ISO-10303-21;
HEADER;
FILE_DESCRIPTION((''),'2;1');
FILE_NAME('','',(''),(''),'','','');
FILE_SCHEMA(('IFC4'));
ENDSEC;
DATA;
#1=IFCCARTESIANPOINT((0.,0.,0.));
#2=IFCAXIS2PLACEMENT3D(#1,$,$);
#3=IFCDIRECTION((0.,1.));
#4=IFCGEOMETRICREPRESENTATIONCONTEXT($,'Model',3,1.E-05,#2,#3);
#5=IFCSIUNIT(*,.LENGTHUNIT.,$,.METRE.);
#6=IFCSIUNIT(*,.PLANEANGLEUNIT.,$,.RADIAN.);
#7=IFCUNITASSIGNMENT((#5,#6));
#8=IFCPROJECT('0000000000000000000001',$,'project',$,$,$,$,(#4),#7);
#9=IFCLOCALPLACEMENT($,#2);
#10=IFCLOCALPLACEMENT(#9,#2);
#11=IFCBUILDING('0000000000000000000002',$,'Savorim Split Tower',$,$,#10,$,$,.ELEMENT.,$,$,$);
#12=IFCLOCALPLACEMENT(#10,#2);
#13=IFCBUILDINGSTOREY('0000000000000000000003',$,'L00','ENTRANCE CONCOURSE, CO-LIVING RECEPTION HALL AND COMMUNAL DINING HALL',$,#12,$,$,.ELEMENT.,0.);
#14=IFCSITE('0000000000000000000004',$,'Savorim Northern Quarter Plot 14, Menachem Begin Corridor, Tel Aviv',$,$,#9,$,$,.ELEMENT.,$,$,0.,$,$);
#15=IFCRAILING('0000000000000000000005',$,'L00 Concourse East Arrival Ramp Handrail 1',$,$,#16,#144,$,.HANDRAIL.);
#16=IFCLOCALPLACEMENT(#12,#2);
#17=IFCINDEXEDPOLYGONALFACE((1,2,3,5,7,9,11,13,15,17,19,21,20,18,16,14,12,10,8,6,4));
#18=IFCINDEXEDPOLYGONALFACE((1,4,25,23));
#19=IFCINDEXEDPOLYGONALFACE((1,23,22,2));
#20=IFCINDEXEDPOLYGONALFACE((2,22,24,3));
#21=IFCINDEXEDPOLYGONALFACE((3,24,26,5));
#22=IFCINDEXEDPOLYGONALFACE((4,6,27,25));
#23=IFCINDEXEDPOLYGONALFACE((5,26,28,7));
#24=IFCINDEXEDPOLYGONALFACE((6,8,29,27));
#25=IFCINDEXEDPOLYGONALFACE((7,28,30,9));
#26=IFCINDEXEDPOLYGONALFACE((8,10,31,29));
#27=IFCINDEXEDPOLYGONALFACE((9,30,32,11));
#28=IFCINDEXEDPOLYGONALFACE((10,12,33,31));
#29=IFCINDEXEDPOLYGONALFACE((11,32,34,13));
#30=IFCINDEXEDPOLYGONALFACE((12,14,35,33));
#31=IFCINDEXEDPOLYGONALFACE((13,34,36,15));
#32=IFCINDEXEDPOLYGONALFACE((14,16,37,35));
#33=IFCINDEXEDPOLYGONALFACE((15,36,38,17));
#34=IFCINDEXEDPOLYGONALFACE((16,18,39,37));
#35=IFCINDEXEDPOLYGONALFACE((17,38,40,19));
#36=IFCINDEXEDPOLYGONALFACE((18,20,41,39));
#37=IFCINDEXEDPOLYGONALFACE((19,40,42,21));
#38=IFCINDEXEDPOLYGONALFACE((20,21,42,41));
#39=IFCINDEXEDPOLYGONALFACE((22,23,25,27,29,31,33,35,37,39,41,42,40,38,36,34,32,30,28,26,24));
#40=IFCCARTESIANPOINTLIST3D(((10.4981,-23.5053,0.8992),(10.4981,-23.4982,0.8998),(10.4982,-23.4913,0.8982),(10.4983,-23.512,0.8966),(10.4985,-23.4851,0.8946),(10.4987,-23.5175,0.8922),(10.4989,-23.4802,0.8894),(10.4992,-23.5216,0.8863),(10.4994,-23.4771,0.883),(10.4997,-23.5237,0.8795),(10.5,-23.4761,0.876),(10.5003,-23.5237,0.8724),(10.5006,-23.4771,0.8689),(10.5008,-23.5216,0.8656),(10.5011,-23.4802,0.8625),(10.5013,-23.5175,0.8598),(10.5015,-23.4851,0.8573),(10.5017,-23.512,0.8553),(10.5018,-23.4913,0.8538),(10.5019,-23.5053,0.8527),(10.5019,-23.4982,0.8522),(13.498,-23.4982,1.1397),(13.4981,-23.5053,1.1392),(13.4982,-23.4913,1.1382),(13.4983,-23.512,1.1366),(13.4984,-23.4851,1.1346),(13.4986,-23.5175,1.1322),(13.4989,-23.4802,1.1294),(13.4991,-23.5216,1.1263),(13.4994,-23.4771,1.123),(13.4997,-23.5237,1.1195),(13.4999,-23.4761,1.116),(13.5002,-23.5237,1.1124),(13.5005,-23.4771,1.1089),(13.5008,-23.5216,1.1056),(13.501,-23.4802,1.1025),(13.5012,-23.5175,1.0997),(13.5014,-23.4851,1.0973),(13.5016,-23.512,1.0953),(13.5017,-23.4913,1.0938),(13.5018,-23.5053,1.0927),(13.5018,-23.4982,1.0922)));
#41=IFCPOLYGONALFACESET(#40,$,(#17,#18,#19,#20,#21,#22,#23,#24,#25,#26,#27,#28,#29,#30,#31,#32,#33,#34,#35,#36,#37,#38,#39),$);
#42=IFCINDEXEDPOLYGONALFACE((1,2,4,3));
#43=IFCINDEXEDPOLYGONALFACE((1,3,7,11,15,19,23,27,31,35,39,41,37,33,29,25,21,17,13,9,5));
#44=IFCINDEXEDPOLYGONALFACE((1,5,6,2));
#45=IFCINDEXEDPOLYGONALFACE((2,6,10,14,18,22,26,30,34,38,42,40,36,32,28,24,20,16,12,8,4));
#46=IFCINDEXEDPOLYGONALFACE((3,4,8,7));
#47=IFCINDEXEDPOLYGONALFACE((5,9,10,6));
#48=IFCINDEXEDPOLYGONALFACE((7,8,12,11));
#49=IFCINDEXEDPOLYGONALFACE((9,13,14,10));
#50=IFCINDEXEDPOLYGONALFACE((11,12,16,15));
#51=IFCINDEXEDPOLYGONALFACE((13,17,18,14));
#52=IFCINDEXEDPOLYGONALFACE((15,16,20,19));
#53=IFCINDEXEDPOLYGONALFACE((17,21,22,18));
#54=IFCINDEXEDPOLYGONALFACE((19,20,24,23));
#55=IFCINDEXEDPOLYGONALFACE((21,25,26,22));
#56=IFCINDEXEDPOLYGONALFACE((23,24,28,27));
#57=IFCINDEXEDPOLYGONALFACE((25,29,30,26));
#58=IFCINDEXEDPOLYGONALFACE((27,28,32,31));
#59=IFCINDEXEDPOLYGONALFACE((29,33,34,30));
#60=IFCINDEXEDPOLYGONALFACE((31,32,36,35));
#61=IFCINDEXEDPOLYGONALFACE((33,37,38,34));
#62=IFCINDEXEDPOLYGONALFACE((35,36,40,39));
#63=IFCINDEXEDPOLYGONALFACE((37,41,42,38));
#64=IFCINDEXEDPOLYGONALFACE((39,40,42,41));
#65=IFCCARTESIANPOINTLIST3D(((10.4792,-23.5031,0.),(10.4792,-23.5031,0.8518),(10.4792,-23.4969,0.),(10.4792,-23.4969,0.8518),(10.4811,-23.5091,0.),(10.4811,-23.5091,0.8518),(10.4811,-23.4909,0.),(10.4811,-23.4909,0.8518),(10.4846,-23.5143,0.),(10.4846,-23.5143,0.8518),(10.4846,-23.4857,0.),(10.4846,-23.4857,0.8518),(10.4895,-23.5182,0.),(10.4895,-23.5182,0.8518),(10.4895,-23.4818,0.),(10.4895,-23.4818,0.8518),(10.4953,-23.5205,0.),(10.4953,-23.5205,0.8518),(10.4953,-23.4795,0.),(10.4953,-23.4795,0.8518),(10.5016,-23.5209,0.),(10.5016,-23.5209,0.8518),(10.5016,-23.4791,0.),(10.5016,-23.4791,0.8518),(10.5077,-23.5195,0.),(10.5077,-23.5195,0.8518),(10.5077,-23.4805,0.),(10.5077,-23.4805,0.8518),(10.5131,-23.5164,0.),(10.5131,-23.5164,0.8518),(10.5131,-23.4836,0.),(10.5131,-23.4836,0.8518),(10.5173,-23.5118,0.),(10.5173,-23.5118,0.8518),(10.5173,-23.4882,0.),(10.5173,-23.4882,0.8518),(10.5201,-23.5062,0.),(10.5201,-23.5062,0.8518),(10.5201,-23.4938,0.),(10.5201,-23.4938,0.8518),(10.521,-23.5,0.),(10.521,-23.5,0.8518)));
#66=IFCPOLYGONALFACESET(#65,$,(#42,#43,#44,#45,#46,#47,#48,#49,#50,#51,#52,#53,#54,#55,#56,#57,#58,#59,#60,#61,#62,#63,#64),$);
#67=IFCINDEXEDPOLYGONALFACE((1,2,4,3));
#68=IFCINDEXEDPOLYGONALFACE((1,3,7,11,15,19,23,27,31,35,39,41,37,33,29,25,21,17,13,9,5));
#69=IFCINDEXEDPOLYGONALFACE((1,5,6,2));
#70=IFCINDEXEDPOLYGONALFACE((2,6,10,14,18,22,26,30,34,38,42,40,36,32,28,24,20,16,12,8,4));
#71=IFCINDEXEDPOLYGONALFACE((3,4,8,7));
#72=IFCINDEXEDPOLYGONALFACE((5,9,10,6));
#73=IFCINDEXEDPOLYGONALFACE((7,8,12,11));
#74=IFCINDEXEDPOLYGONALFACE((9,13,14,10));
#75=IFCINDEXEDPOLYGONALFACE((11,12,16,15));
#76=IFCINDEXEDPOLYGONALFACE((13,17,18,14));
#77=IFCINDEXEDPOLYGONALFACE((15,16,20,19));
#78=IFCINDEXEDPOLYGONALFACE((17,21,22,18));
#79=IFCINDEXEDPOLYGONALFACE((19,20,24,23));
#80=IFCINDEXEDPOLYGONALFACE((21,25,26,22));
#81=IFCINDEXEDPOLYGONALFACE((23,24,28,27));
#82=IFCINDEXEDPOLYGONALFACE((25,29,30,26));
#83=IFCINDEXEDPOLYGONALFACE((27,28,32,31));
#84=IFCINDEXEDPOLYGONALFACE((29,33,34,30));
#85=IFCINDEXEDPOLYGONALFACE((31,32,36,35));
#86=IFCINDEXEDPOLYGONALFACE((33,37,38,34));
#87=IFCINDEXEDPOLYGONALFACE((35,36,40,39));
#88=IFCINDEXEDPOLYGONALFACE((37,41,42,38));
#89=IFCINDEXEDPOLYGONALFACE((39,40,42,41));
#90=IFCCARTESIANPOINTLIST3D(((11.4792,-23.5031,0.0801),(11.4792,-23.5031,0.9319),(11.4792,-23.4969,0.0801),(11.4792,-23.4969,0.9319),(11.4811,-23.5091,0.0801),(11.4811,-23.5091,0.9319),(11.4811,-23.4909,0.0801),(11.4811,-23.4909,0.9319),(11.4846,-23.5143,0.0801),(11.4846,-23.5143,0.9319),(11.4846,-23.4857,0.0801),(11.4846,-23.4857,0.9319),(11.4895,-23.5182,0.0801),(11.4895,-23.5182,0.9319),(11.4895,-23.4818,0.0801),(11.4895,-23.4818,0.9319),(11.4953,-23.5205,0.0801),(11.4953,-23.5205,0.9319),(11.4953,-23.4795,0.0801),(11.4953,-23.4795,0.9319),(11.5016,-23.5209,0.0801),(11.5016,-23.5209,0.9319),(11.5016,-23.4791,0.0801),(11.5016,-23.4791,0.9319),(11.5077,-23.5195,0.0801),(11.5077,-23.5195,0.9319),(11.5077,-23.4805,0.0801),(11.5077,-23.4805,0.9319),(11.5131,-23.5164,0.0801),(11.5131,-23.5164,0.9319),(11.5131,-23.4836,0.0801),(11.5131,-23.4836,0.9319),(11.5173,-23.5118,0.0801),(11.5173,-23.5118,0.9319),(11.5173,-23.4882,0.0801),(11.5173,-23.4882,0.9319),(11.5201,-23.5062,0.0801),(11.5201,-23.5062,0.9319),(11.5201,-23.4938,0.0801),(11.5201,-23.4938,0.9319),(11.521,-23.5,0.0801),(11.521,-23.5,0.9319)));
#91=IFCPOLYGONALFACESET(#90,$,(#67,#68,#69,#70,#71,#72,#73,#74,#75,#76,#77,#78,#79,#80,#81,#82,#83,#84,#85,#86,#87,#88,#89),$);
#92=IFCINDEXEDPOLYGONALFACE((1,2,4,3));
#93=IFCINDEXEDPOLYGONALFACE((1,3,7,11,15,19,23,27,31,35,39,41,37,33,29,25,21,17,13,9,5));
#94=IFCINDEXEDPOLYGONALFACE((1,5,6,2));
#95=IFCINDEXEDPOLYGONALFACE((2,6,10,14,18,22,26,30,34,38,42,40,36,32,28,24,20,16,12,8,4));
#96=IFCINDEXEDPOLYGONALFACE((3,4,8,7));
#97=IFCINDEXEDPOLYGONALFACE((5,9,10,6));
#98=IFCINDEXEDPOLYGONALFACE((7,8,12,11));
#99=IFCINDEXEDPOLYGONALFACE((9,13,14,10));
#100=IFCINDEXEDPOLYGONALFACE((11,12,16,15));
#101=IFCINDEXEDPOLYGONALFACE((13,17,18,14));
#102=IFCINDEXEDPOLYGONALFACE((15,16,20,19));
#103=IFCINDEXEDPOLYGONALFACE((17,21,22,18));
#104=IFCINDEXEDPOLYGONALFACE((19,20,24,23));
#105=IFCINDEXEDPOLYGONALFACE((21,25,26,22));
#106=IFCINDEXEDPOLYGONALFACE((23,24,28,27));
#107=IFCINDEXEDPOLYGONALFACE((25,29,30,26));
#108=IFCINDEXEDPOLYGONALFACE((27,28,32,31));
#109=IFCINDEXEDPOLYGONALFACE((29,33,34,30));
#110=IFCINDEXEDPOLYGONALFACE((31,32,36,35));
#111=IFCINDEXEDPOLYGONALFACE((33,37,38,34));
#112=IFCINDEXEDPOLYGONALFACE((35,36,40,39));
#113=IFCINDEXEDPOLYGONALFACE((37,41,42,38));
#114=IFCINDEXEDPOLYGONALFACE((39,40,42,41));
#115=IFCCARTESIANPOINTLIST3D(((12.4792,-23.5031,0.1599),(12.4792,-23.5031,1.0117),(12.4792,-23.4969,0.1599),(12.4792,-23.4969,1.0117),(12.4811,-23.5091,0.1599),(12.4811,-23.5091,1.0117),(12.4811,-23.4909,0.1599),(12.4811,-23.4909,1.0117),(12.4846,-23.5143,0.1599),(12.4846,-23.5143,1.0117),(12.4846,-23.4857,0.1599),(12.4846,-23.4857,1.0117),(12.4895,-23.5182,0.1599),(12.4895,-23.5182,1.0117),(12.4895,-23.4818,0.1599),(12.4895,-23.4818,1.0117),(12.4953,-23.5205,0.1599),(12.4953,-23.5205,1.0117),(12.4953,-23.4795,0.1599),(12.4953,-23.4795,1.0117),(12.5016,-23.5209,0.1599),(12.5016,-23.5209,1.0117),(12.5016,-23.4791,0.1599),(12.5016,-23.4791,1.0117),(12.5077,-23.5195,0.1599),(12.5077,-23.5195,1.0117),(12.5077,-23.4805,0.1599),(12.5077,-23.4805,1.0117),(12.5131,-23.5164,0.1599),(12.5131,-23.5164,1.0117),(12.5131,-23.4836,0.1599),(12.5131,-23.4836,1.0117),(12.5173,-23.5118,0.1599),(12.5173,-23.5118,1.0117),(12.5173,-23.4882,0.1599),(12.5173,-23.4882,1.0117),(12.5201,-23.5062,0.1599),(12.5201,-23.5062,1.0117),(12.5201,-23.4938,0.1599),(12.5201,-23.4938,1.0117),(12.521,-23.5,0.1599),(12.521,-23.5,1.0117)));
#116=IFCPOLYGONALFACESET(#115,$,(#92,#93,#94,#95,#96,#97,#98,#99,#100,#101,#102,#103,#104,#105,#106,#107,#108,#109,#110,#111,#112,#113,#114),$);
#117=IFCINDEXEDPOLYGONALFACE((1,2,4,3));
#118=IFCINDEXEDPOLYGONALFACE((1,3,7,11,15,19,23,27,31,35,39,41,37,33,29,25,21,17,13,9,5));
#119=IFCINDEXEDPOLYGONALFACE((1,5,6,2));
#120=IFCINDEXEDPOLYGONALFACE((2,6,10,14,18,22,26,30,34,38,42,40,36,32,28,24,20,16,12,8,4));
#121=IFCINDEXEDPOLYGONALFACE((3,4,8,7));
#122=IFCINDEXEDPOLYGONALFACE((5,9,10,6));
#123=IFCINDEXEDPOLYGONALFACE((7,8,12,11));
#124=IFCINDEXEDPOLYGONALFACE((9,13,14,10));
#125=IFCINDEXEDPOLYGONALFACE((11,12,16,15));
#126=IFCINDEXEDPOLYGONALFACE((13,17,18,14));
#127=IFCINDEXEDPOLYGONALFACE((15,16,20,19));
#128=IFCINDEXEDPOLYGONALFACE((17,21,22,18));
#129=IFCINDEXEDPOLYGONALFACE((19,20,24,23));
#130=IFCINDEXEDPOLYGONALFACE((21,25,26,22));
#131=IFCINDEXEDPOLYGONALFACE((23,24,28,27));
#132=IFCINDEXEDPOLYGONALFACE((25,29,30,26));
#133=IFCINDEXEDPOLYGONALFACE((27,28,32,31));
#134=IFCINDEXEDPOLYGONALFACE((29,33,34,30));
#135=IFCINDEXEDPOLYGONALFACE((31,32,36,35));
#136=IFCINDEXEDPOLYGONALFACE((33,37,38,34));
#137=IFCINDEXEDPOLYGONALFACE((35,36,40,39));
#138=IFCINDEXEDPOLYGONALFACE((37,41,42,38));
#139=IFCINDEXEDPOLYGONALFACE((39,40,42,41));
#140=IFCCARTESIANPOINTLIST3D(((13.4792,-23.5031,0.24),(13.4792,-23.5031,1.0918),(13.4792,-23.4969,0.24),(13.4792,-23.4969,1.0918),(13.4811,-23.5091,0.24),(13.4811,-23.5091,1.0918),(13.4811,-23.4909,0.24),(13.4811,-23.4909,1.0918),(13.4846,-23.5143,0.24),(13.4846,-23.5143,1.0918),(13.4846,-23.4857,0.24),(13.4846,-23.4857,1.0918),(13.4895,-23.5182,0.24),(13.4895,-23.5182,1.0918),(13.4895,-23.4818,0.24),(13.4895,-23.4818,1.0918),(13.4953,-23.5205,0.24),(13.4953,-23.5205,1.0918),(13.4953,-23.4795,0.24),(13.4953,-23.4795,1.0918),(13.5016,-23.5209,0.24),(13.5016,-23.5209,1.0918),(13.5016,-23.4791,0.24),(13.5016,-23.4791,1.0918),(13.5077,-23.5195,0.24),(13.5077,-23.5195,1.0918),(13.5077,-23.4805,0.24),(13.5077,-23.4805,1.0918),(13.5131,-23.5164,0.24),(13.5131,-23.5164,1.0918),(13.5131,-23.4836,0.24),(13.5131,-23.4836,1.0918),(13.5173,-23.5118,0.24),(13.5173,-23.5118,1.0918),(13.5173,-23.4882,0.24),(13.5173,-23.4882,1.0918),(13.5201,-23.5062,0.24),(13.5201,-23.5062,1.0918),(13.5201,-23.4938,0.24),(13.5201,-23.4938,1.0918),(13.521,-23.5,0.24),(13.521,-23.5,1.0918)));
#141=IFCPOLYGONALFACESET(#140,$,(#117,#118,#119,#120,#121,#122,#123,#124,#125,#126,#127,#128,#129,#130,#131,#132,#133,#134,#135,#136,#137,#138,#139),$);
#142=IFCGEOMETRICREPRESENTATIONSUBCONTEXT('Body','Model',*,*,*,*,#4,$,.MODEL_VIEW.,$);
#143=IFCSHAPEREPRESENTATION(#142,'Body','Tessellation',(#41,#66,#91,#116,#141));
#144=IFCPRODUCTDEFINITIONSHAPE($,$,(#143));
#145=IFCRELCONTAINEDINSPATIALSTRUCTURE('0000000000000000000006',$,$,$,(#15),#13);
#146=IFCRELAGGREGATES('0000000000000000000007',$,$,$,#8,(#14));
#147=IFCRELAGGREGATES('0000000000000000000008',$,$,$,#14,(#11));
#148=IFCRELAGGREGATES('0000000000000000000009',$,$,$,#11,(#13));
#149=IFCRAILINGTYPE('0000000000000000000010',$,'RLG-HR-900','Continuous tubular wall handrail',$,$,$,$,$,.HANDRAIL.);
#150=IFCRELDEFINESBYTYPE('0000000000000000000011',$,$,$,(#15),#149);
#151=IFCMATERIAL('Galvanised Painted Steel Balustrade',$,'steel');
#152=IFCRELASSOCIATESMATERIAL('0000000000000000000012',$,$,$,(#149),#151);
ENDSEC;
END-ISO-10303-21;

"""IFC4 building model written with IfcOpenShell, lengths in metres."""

from ifc_helpers import new_model, si_unit, direction, frame, origin, origin_2d, place, context, subcontext, project, spatial, circle, extrude, material, type_object, element, save


model = new_model("IFC4")

# Units and contexts
model_context = context("Model", 3, precision=1e-05, world=origin(), true_north=direction((0.0, 1.0)))
body_context = subcontext(model_context, "Body", "Model", "MODEL_VIEW")
ifc_project = project(units=[si_unit("LENGTHUNIT", "METRE"), si_unit("PLANEANGLEUNIT", "RADIAN")], contexts=[model_context])

# Site, building, storey
site_placement = place(None, origin())
site = spatial("IfcSite", under=ifc_project, at=site_placement, Name="Savorim Northern Quarter Plot 14, Menachem Begin Corridor, Tel Aviv", CompositionType="ELEMENT", RefElevation=0.0)
building_placement = place(site_placement, origin())
building = spatial("IfcBuilding", under=site, at=building_placement, Name="Savorim Split Tower", CompositionType="ELEMENT")
storey_placement = place(building_placement, origin())
storey = spatial("IfcBuildingStorey", under=building, at=storey_placement, Name="L00", Description="ENTRANCE CONCOURSE, CO-LIVING RECEPTION HALL AND COMMUNAL DINING HALL", CompositionType="ELEMENT", Elevation=0.0)

# Railing
ifc_material_1 = material(Name="Galvanised Painted Steel Balustrade", Category="steel")
railing_type = type_object("IfcRailingType", Name="RLG-HR-900", Description="Continuous tubular wall handrail", PredefinedType="HANDRAIL", material=ifc_material_1)
for number, where, name in (
    (1, (10.5, -23.5, 0.0), "L00 Concourse East Arrival Ramp Handrail 1"),
):
    element("IfcRailing", number, at=place(storey_placement, frame(where)), inside=storey, type_object=railing_type, Name=name, PredefinedType="HANDRAIL", context=body_context, shape_type="SweptSolid", body=[
        extrude(circle(Radius=0.0239, at=origin_2d()), frame((0.0, 0.0, 0.876), z_axis=(0.996816, 0.0, 0.079742), x_axis=(0.0, 1.0, 0.0)), (0.0, 0.0, 1.0), 3.0095),
        extrude(circle(Radius=0.021, at=origin_2d()), origin(), (0.0, 0.0, 1.0), 0.8518),
        extrude(circle(Radius=0.021, at=origin_2d()), frame((1.0, 0.0, 0.0801)), (0.0, 0.0, 1.0), 0.8518),
        extrude(circle(Radius=0.021, at=origin_2d()), frame((2.0, 0.0, 0.1599)), (0.0, 0.0, 1.0), 0.8518),
        extrude(circle(Radius=0.021, at=origin_2d()), frame((3.0, 0.0, 0.24)), (0.0, 0.0, 1.0), 0.8518),
    ])

save(model, "model.ifc")
